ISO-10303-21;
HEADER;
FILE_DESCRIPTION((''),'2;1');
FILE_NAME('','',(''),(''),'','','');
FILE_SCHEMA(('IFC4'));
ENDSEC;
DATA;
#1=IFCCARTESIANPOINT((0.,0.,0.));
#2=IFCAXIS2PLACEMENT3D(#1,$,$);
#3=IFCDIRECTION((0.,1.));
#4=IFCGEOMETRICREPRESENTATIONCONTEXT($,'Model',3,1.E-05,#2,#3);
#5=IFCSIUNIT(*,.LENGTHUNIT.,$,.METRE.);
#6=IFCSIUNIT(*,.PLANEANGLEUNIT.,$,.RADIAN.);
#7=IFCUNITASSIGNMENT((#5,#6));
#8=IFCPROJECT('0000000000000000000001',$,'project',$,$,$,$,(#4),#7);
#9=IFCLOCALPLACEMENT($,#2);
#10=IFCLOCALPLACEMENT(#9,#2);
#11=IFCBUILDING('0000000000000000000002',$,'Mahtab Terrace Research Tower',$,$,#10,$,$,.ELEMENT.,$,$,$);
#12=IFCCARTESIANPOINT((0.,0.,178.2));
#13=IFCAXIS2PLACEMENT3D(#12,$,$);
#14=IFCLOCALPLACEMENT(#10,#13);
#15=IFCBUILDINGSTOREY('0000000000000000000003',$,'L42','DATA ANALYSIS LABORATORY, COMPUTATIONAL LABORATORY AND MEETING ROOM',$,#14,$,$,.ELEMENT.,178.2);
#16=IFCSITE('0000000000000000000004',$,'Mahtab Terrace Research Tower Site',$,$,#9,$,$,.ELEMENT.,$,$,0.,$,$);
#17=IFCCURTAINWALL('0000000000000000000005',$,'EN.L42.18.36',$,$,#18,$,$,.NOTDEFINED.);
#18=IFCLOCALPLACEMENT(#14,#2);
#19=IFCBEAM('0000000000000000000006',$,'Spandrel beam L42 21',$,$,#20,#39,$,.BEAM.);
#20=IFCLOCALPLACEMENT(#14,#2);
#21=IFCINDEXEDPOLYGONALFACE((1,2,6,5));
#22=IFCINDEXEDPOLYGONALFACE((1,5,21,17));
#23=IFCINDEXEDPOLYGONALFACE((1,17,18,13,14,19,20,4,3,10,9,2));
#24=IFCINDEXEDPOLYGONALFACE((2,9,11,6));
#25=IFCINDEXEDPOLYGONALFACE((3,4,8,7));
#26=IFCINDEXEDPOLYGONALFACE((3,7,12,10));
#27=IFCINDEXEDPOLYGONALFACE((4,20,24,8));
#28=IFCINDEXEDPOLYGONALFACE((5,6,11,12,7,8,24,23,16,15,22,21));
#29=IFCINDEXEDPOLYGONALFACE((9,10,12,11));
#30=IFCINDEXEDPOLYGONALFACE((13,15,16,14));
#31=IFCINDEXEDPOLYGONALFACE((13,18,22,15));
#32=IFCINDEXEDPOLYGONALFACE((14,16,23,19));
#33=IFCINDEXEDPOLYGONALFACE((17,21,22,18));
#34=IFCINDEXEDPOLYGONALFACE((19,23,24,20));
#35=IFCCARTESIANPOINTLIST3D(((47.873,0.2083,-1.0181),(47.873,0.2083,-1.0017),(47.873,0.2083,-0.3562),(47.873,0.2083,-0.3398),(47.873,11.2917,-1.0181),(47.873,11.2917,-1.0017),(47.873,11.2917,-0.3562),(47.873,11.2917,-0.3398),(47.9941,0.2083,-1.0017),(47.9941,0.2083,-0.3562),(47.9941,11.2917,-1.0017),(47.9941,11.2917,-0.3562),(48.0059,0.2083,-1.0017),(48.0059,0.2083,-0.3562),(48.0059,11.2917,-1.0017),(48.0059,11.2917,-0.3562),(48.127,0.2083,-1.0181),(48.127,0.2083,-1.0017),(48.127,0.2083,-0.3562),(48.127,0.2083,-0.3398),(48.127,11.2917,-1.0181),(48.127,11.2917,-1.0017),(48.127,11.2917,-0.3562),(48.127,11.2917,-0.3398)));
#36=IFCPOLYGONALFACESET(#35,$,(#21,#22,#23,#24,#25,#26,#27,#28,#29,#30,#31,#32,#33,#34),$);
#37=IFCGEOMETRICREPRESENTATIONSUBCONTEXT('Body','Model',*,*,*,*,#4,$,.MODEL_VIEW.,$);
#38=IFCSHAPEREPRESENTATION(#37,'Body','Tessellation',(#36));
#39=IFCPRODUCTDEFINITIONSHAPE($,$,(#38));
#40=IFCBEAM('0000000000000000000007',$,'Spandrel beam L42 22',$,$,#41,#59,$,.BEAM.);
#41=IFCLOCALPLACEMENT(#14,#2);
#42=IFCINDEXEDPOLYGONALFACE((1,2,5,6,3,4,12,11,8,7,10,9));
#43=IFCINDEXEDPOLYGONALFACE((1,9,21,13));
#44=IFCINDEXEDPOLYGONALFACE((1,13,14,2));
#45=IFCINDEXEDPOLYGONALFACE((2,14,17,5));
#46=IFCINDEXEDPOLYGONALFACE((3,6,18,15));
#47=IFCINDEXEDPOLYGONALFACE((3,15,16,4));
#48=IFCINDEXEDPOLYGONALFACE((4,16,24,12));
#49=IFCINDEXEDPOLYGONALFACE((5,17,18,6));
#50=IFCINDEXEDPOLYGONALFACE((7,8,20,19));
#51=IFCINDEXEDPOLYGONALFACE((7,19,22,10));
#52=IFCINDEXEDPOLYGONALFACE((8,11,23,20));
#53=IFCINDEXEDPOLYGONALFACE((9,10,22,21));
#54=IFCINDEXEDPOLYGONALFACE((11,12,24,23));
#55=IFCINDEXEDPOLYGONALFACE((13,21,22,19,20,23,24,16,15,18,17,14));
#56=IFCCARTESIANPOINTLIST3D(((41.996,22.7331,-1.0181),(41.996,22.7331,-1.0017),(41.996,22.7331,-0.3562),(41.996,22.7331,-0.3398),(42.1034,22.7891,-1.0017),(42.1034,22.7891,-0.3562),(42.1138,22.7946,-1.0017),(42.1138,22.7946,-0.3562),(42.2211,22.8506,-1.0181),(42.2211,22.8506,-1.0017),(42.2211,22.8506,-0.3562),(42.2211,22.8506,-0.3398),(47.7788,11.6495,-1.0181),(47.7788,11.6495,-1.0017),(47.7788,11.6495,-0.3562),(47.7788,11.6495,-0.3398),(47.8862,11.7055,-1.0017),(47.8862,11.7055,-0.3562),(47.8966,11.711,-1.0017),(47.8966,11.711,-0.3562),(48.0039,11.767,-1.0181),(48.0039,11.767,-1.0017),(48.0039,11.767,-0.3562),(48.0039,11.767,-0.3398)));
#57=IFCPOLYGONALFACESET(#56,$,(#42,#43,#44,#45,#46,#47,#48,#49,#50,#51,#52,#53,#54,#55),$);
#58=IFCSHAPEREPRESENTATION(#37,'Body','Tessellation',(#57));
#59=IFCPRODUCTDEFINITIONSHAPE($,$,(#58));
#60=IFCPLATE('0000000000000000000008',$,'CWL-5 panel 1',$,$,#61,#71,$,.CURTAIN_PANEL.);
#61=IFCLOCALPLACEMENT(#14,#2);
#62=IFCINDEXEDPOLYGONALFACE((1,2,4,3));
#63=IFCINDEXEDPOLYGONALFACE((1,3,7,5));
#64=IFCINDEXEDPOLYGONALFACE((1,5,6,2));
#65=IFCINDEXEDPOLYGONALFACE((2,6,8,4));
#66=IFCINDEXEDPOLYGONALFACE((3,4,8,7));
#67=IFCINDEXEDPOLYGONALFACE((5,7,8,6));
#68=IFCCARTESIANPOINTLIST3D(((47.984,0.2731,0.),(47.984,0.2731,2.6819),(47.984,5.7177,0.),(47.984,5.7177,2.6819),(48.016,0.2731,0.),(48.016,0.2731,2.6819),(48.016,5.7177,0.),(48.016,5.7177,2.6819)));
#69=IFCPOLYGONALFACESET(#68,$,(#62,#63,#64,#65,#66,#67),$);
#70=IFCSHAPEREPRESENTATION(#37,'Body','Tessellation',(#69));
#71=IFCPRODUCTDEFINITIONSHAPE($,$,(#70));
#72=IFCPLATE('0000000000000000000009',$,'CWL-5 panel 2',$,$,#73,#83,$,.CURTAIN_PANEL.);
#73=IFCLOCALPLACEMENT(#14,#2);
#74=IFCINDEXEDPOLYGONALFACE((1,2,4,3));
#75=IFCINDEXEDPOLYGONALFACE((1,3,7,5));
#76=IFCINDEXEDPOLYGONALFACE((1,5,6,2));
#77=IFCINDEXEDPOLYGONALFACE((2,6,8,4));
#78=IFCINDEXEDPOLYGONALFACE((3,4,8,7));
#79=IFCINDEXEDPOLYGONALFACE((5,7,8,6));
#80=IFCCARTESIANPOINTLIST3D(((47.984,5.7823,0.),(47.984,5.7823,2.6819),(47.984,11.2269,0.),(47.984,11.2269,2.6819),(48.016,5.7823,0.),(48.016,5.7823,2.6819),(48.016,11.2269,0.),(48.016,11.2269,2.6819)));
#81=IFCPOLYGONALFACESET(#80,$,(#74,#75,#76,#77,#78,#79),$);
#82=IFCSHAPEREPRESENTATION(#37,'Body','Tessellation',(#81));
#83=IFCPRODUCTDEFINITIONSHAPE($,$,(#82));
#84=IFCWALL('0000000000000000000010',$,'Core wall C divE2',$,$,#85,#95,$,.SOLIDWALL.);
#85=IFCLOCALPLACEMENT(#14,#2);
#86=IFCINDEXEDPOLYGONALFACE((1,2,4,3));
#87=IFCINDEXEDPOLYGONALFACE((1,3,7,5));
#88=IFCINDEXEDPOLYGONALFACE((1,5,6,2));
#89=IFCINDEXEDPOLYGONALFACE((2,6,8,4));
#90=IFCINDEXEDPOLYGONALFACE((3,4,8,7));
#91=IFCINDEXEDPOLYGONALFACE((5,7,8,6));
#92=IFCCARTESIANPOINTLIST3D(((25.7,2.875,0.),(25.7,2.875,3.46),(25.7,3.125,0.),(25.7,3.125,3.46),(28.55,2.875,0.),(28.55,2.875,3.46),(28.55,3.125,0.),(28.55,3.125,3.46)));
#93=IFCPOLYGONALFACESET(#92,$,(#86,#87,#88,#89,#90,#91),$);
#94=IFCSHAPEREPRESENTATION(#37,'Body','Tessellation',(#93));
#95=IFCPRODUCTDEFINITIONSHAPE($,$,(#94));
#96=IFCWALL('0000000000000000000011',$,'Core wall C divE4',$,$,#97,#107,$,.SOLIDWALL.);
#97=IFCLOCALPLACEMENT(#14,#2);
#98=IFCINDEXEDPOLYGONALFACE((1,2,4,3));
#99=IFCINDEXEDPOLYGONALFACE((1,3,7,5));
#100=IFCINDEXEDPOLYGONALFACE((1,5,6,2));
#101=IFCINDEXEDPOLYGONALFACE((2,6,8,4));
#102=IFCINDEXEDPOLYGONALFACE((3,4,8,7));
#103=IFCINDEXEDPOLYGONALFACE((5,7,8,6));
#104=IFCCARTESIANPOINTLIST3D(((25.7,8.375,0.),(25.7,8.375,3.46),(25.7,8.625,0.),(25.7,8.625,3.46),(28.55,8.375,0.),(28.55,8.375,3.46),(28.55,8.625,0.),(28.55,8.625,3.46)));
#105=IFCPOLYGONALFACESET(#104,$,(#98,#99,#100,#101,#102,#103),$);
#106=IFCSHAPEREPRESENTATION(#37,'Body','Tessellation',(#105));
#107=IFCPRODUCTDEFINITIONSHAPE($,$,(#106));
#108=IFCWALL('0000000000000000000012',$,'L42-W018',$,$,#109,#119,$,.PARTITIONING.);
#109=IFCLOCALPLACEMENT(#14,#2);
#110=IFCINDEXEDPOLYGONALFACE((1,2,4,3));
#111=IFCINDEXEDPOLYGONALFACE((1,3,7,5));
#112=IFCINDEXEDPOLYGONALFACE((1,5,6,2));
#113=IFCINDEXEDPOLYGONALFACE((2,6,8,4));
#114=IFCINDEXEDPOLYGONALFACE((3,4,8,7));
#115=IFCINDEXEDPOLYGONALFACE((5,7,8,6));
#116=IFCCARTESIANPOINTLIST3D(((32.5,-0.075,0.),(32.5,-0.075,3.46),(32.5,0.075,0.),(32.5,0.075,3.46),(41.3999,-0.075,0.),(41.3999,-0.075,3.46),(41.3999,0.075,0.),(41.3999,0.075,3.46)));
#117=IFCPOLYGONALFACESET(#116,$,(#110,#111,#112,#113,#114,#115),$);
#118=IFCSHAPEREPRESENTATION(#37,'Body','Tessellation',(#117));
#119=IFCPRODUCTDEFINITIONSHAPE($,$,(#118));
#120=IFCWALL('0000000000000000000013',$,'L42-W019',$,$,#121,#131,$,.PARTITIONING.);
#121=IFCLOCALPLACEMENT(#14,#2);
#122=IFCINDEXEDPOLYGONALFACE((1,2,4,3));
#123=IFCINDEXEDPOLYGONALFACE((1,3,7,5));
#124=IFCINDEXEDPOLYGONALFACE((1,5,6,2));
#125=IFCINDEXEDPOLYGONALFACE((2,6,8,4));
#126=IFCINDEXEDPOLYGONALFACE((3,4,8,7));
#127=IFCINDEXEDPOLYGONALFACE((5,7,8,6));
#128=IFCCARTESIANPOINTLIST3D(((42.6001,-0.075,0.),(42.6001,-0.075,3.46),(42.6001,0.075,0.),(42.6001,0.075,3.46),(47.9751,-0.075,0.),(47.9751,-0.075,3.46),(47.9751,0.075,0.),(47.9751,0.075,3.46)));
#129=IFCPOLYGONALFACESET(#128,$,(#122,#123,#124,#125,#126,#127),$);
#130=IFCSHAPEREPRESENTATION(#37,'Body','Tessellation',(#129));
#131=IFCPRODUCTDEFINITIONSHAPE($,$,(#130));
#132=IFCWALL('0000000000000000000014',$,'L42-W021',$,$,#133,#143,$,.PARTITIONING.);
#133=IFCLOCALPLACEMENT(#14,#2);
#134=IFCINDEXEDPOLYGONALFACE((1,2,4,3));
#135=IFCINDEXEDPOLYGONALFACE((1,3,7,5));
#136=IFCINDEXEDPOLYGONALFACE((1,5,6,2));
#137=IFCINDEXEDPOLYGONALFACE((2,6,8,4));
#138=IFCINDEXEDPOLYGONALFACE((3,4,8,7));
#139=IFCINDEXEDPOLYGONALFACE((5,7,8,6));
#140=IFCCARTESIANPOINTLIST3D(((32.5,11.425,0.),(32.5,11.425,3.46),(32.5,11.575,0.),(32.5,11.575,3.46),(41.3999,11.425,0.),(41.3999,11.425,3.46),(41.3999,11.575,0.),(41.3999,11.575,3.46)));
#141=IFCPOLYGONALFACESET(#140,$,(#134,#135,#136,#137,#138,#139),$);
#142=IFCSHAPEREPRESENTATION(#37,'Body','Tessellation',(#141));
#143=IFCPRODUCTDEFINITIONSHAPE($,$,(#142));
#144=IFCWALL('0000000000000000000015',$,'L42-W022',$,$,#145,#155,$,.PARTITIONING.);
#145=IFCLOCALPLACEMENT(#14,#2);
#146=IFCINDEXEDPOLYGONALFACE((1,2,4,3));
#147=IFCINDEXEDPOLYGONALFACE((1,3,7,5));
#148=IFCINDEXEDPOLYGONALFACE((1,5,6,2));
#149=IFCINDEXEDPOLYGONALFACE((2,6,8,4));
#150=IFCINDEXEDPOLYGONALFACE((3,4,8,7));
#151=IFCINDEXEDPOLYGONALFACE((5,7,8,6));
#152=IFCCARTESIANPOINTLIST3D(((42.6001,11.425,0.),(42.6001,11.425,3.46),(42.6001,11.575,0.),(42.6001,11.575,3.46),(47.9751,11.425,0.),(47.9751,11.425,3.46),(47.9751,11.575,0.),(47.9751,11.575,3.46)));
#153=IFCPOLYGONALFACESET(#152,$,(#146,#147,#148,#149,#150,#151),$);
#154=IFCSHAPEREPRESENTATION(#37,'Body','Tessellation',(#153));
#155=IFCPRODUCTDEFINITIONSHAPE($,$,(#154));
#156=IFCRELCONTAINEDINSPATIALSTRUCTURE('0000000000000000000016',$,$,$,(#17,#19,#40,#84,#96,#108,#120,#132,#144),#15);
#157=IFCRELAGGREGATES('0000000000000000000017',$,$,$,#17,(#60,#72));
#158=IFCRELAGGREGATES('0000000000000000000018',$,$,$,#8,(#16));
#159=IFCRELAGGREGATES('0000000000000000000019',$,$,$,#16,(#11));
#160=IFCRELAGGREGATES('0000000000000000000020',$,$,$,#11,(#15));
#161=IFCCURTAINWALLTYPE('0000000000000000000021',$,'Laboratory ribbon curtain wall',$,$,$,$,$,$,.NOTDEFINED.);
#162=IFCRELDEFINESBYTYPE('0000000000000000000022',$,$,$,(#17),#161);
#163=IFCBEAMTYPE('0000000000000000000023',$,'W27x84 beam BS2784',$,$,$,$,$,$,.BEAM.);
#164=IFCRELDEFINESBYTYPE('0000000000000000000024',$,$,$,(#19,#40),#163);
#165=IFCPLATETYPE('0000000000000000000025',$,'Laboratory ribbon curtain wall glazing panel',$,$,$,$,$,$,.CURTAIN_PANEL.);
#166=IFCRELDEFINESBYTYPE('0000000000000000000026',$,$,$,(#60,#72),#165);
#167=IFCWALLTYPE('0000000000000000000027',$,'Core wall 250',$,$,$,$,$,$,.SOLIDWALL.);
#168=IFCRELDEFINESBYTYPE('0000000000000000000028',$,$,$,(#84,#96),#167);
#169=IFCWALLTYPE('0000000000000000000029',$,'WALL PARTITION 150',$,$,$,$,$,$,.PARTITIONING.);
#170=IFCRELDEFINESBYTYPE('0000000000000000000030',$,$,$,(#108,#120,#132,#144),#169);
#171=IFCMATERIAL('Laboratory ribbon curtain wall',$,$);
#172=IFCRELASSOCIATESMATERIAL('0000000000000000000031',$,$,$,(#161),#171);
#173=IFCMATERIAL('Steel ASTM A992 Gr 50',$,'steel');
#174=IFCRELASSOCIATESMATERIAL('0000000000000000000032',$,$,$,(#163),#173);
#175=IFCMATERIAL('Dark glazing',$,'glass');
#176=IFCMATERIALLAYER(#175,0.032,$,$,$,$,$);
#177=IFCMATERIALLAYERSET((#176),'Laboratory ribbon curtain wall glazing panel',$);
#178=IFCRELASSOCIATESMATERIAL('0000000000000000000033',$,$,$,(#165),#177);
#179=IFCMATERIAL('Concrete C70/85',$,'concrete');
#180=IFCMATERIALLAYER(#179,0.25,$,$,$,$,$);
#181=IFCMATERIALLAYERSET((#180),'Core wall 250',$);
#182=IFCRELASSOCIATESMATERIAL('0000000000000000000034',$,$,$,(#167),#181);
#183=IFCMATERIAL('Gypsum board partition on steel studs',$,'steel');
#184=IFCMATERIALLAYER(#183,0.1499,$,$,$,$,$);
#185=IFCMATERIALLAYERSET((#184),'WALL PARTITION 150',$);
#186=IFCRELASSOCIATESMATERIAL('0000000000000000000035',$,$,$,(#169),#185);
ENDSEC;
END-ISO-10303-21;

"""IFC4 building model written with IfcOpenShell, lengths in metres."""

from ifc_helpers import new_model, si_unit, direction, frame, frame_2d, origin, origin_2d, place, context, subcontext, project, spatial, rectangle, i_section, extrude, material, layer, layer_set, material_profile, profile_set, type_object, element, aggregate, save


model = new_model("IFC4")

# Units and contexts
model_context = context("Model", 3, precision=1e-05, world=origin(), true_north=direction((0.0, 1.0)))
body_context = subcontext(model_context, "Body", "Model", "MODEL_VIEW")
ifc_project = project(units=[si_unit("LENGTHUNIT", "METRE"), si_unit("PLANEANGLEUNIT", "RADIAN")], contexts=[model_context])

# Site, building, storey
site_placement = place(None, origin())
site = spatial("IfcSite", under=ifc_project, at=site_placement, Name="Mahtab Terrace Research Tower Site", CompositionType="ELEMENT", RefElevation=0.0)
building_placement = place(site_placement, origin())
building = spatial("IfcBuilding", under=site, at=building_placement, Name="Mahtab Terrace Research Tower", CompositionType="ELEMENT")
storey_placement = place(building_placement, frame((0.0, 0.0, 178.2)))
storey = spatial("IfcBuildingStorey", under=building, at=storey_placement, Name="L42", Description="DATA ANALYSIS LABORATORY, COMPUTATIONAL LABORATORY AND MEETING ROOM", CompositionType="ELEMENT", Elevation=178.2)

# Shared definitions
ifc_material_1 = material(Name="Concrete C70/85", Category="concrete")
ifc_material_2 = material(Name="Steel ASTM A992 Gr 50", Category="steel")

# Shared definitions
ifc_material_3 = material(Name="Laboratory ribbon curtain wall")
curtain_wall_type = type_object("IfcCurtainWallType", Name="Laboratory ribbon curtain wall", PredefinedType="NOTDEFINED", material=ifc_material_3)

# Curtain wall
curtain_wall_1_placement = place(storey_placement, origin())
curtain_wall_1 = element("IfcCurtainWall", 1, at=curtain_wall_1_placement, inside=storey, type_object=curtain_wall_type, Name="EN.L42.18.36", PredefinedType="NOTDEFINED")

# Beams
ifc_material_profile_1 = material_profile(ifc_material_2, i_section(OverallWidth=0.2539, OverallDepth=0.6782, WebThickness=0.0117, FlangeThickness=0.0164, at=origin_2d()), Name="W27X84")
ifc_profile_set_1 = profile_set([ifc_material_profile_1], Name="Steel ASTM A992 Gr 50")
beam_type = type_object("IfcBeamType", Name="W27x84 beam BS2784", PredefinedType="BEAM", material=ifc_profile_set_1)
beam_1_placement = place(storey_placement, frame((48.0, 0.2083, -0.679), z_axis=(0.0, 1.0, 0.0), x_axis=(-1.0, 0.0, 0.0)))
element("IfcBeam", 2, at=beam_1_placement, inside=storey, type_object=beam_type, Name="Spandrel beam L42 21", PredefinedType="BEAM", context=body_context, shape_type="SweptSolid", body=[
    extrude(i_section(OverallWidth=0.2539, OverallDepth=0.6782, WebThickness=0.0117, FlangeThickness=0.0164, at=origin_2d()), origin(), (0.0, 0.0, 1.0), 11.0835),
])
beam_2_placement = place(storey_placement, frame((47.8914, 11.7083, -0.679), z_axis=(-0.462567, 0.886584, 0.0), x_axis=(-0.886584, -0.462567, 0.0)))
element("IfcBeam", 3, at=beam_2_placement, inside=storey, type_object=beam_type, Name="Spandrel beam L42 22", PredefinedType="BEAM", context=body_context, shape_type="SweptSolid", body=[
    extrude(i_section(OverallWidth=0.2539, OverallDepth=0.6782, WebThickness=0.0117, FlangeThickness=0.0164, at=origin_2d()), origin(), (0.0, 0.0, 1.0), 12.5015),
])

# Plates
ifc_material_4 = material(Name="Dark glazing", Category="glass")
ifc_layer_1 = layer(ifc_material_4, 0.032)
ifc_layer_set_1 = layer_set([ifc_layer_1], Name="Laboratory ribbon curtain wall glazing panel")
plate_type = type_object("IfcPlateType", Name="Laboratory ribbon curtain wall glazing panel", PredefinedType="CURTAIN_PANEL", material=ifc_layer_set_1)
plate_1_placement = place(storey_placement, frame((48.0, 2.9954, 0.0), z_axis=(0.0, 0.0, 1.0), x_axis=(0.0, 1.0, 0.0)))
plate_1 = element("IfcPlate", 4, at=plate_1_placement, type_object=plate_type, Name="CWL-5 panel 1", PredefinedType="CURTAIN_PANEL", context=body_context, shape_type="SweptSolid", body=[
    extrude(rectangle(XDim=5.4446, YDim=0.032, at=origin_2d()), origin(), (0.0, 0.0, 1.0), 2.6819),
])
plate_2_placement = place(storey_placement, frame((48.0, 8.5046, 0.0), z_axis=(0.0, 0.0, 1.0), x_axis=(0.0, 1.0, 0.0)))
plate_2 = element("IfcPlate", 5, at=plate_2_placement, type_object=plate_type, Name="CWL-5 panel 2", PredefinedType="CURTAIN_PANEL", context=body_context, shape_type="SweptSolid", body=[
    extrude(rectangle(XDim=5.4446, YDim=0.032, at=origin_2d()), origin(), (0.0, 0.0, 1.0), 2.6819),
])
aggregate(curtain_wall_1, [plate_1, plate_2])

# Walls
ifc_layer_2 = layer(ifc_material_1, 0.25)
ifc_layer_set_2 = layer_set([ifc_layer_2], Name="Core wall 250")
wall_type_1 = type_object("IfcWallType", Name="Core wall 250", PredefinedType="SOLIDWALL", material=ifc_layer_set_2)
for number, where, z_axis, x_axis, name in (
    (6, (25.7, 3.0, 0.0), (0.0, 0.0, 1.0), (1.0, 0.0, 0.0), "Core wall C divE2"),
    (7, (25.7, 8.5, 0.0), (0.0, 0.0, 1.0), (1.0, 0.0, 0.0), "Core wall C divE4"),
):
    element("IfcWall", number, at=place(storey_placement, frame(where, z_axis=z_axis, x_axis=x_axis)), inside=storey, type_object=wall_type_1, Name=name, PredefinedType="SOLIDWALL", context=body_context, shape_type="SweptSolid", body=[
        extrude(rectangle(XDim=2.8501, YDim=0.25, at=frame_2d((1.425, 0.0))), origin(), (0.0, 0.0, 1.0), 3.46),
    ])
ifc_material_5 = material(Name="Gypsum board partition on steel studs", Category="steel")
ifc_layer_3 = layer(ifc_material_5, 0.1499)
ifc_layer_set_3 = layer_set([ifc_layer_3], Name="WALL PARTITION 150")
wall_type_2 = type_object("IfcWallType", Name="WALL PARTITION 150", PredefinedType="PARTITIONING", material=ifc_layer_set_3)
wall_1_placement = place(storey_placement, frame((32.5, 0.0, 0.0), z_axis=(0.0, 0.0, 1.0), x_axis=(1.0, 0.0, 0.0)))
element("IfcWall", 8, at=wall_1_placement, inside=storey, type_object=wall_type_2, Name="L42-W018", PredefinedType="PARTITIONING", context=body_context, shape_type="SweptSolid", body=[
    extrude(rectangle(XDim=8.8999, YDim=0.1499, at=frame_2d((4.45, 0.0))), origin(), (0.0, 0.0, 1.0), 3.46),
])
wall_2_placement = place(storey_placement, frame((42.6001, 0.0, 0.0), z_axis=(0.0, 0.0, 1.0), x_axis=(1.0, 0.0, 0.0)))
element("IfcWall", 9, at=wall_2_placement, inside=storey, type_object=wall_type_2, Name="L42-W019", PredefinedType="PARTITIONING", context=body_context, shape_type="SweptSolid", body=[
    extrude(rectangle(XDim=5.375, YDim=0.1499, at=frame_2d((2.6875, 0.0))), origin(), (0.0, 0.0, 1.0), 3.46),
])
wall_3_placement = place(storey_placement, frame((32.5, 11.5, 0.0), z_axis=(0.0, 0.0, 1.0), x_axis=(1.0, 0.0, 0.0)))
element("IfcWall", 10, at=wall_3_placement, inside=storey, type_object=wall_type_2, Name="L42-W021", PredefinedType="PARTITIONING", context=body_context, shape_type="SweptSolid", body=[
    extrude(rectangle(XDim=8.8999, YDim=0.1499, at=frame_2d((4.45, 0.0))), origin(), (0.0, 0.0, 1.0), 3.46),
])
wall_4_placement = place(storey_placement, frame((42.6001, 11.5, 0.0), z_axis=(0.0, 0.0, 1.0), x_axis=(1.0, 0.0, 0.0)))
element("IfcWall", 11, at=wall_4_placement, inside=storey, type_object=wall_type_2, Name="L42-W022", PredefinedType="PARTITIONING", context=body_context, shape_type="SweptSolid", body=[
    extrude(rectangle(XDim=5.375, YDim=0.1499, at=frame_2d((2.6875, 0.0))), origin(), (0.0, 0.0, 1.0), 3.46),
])

save(model, "model.ifc")
